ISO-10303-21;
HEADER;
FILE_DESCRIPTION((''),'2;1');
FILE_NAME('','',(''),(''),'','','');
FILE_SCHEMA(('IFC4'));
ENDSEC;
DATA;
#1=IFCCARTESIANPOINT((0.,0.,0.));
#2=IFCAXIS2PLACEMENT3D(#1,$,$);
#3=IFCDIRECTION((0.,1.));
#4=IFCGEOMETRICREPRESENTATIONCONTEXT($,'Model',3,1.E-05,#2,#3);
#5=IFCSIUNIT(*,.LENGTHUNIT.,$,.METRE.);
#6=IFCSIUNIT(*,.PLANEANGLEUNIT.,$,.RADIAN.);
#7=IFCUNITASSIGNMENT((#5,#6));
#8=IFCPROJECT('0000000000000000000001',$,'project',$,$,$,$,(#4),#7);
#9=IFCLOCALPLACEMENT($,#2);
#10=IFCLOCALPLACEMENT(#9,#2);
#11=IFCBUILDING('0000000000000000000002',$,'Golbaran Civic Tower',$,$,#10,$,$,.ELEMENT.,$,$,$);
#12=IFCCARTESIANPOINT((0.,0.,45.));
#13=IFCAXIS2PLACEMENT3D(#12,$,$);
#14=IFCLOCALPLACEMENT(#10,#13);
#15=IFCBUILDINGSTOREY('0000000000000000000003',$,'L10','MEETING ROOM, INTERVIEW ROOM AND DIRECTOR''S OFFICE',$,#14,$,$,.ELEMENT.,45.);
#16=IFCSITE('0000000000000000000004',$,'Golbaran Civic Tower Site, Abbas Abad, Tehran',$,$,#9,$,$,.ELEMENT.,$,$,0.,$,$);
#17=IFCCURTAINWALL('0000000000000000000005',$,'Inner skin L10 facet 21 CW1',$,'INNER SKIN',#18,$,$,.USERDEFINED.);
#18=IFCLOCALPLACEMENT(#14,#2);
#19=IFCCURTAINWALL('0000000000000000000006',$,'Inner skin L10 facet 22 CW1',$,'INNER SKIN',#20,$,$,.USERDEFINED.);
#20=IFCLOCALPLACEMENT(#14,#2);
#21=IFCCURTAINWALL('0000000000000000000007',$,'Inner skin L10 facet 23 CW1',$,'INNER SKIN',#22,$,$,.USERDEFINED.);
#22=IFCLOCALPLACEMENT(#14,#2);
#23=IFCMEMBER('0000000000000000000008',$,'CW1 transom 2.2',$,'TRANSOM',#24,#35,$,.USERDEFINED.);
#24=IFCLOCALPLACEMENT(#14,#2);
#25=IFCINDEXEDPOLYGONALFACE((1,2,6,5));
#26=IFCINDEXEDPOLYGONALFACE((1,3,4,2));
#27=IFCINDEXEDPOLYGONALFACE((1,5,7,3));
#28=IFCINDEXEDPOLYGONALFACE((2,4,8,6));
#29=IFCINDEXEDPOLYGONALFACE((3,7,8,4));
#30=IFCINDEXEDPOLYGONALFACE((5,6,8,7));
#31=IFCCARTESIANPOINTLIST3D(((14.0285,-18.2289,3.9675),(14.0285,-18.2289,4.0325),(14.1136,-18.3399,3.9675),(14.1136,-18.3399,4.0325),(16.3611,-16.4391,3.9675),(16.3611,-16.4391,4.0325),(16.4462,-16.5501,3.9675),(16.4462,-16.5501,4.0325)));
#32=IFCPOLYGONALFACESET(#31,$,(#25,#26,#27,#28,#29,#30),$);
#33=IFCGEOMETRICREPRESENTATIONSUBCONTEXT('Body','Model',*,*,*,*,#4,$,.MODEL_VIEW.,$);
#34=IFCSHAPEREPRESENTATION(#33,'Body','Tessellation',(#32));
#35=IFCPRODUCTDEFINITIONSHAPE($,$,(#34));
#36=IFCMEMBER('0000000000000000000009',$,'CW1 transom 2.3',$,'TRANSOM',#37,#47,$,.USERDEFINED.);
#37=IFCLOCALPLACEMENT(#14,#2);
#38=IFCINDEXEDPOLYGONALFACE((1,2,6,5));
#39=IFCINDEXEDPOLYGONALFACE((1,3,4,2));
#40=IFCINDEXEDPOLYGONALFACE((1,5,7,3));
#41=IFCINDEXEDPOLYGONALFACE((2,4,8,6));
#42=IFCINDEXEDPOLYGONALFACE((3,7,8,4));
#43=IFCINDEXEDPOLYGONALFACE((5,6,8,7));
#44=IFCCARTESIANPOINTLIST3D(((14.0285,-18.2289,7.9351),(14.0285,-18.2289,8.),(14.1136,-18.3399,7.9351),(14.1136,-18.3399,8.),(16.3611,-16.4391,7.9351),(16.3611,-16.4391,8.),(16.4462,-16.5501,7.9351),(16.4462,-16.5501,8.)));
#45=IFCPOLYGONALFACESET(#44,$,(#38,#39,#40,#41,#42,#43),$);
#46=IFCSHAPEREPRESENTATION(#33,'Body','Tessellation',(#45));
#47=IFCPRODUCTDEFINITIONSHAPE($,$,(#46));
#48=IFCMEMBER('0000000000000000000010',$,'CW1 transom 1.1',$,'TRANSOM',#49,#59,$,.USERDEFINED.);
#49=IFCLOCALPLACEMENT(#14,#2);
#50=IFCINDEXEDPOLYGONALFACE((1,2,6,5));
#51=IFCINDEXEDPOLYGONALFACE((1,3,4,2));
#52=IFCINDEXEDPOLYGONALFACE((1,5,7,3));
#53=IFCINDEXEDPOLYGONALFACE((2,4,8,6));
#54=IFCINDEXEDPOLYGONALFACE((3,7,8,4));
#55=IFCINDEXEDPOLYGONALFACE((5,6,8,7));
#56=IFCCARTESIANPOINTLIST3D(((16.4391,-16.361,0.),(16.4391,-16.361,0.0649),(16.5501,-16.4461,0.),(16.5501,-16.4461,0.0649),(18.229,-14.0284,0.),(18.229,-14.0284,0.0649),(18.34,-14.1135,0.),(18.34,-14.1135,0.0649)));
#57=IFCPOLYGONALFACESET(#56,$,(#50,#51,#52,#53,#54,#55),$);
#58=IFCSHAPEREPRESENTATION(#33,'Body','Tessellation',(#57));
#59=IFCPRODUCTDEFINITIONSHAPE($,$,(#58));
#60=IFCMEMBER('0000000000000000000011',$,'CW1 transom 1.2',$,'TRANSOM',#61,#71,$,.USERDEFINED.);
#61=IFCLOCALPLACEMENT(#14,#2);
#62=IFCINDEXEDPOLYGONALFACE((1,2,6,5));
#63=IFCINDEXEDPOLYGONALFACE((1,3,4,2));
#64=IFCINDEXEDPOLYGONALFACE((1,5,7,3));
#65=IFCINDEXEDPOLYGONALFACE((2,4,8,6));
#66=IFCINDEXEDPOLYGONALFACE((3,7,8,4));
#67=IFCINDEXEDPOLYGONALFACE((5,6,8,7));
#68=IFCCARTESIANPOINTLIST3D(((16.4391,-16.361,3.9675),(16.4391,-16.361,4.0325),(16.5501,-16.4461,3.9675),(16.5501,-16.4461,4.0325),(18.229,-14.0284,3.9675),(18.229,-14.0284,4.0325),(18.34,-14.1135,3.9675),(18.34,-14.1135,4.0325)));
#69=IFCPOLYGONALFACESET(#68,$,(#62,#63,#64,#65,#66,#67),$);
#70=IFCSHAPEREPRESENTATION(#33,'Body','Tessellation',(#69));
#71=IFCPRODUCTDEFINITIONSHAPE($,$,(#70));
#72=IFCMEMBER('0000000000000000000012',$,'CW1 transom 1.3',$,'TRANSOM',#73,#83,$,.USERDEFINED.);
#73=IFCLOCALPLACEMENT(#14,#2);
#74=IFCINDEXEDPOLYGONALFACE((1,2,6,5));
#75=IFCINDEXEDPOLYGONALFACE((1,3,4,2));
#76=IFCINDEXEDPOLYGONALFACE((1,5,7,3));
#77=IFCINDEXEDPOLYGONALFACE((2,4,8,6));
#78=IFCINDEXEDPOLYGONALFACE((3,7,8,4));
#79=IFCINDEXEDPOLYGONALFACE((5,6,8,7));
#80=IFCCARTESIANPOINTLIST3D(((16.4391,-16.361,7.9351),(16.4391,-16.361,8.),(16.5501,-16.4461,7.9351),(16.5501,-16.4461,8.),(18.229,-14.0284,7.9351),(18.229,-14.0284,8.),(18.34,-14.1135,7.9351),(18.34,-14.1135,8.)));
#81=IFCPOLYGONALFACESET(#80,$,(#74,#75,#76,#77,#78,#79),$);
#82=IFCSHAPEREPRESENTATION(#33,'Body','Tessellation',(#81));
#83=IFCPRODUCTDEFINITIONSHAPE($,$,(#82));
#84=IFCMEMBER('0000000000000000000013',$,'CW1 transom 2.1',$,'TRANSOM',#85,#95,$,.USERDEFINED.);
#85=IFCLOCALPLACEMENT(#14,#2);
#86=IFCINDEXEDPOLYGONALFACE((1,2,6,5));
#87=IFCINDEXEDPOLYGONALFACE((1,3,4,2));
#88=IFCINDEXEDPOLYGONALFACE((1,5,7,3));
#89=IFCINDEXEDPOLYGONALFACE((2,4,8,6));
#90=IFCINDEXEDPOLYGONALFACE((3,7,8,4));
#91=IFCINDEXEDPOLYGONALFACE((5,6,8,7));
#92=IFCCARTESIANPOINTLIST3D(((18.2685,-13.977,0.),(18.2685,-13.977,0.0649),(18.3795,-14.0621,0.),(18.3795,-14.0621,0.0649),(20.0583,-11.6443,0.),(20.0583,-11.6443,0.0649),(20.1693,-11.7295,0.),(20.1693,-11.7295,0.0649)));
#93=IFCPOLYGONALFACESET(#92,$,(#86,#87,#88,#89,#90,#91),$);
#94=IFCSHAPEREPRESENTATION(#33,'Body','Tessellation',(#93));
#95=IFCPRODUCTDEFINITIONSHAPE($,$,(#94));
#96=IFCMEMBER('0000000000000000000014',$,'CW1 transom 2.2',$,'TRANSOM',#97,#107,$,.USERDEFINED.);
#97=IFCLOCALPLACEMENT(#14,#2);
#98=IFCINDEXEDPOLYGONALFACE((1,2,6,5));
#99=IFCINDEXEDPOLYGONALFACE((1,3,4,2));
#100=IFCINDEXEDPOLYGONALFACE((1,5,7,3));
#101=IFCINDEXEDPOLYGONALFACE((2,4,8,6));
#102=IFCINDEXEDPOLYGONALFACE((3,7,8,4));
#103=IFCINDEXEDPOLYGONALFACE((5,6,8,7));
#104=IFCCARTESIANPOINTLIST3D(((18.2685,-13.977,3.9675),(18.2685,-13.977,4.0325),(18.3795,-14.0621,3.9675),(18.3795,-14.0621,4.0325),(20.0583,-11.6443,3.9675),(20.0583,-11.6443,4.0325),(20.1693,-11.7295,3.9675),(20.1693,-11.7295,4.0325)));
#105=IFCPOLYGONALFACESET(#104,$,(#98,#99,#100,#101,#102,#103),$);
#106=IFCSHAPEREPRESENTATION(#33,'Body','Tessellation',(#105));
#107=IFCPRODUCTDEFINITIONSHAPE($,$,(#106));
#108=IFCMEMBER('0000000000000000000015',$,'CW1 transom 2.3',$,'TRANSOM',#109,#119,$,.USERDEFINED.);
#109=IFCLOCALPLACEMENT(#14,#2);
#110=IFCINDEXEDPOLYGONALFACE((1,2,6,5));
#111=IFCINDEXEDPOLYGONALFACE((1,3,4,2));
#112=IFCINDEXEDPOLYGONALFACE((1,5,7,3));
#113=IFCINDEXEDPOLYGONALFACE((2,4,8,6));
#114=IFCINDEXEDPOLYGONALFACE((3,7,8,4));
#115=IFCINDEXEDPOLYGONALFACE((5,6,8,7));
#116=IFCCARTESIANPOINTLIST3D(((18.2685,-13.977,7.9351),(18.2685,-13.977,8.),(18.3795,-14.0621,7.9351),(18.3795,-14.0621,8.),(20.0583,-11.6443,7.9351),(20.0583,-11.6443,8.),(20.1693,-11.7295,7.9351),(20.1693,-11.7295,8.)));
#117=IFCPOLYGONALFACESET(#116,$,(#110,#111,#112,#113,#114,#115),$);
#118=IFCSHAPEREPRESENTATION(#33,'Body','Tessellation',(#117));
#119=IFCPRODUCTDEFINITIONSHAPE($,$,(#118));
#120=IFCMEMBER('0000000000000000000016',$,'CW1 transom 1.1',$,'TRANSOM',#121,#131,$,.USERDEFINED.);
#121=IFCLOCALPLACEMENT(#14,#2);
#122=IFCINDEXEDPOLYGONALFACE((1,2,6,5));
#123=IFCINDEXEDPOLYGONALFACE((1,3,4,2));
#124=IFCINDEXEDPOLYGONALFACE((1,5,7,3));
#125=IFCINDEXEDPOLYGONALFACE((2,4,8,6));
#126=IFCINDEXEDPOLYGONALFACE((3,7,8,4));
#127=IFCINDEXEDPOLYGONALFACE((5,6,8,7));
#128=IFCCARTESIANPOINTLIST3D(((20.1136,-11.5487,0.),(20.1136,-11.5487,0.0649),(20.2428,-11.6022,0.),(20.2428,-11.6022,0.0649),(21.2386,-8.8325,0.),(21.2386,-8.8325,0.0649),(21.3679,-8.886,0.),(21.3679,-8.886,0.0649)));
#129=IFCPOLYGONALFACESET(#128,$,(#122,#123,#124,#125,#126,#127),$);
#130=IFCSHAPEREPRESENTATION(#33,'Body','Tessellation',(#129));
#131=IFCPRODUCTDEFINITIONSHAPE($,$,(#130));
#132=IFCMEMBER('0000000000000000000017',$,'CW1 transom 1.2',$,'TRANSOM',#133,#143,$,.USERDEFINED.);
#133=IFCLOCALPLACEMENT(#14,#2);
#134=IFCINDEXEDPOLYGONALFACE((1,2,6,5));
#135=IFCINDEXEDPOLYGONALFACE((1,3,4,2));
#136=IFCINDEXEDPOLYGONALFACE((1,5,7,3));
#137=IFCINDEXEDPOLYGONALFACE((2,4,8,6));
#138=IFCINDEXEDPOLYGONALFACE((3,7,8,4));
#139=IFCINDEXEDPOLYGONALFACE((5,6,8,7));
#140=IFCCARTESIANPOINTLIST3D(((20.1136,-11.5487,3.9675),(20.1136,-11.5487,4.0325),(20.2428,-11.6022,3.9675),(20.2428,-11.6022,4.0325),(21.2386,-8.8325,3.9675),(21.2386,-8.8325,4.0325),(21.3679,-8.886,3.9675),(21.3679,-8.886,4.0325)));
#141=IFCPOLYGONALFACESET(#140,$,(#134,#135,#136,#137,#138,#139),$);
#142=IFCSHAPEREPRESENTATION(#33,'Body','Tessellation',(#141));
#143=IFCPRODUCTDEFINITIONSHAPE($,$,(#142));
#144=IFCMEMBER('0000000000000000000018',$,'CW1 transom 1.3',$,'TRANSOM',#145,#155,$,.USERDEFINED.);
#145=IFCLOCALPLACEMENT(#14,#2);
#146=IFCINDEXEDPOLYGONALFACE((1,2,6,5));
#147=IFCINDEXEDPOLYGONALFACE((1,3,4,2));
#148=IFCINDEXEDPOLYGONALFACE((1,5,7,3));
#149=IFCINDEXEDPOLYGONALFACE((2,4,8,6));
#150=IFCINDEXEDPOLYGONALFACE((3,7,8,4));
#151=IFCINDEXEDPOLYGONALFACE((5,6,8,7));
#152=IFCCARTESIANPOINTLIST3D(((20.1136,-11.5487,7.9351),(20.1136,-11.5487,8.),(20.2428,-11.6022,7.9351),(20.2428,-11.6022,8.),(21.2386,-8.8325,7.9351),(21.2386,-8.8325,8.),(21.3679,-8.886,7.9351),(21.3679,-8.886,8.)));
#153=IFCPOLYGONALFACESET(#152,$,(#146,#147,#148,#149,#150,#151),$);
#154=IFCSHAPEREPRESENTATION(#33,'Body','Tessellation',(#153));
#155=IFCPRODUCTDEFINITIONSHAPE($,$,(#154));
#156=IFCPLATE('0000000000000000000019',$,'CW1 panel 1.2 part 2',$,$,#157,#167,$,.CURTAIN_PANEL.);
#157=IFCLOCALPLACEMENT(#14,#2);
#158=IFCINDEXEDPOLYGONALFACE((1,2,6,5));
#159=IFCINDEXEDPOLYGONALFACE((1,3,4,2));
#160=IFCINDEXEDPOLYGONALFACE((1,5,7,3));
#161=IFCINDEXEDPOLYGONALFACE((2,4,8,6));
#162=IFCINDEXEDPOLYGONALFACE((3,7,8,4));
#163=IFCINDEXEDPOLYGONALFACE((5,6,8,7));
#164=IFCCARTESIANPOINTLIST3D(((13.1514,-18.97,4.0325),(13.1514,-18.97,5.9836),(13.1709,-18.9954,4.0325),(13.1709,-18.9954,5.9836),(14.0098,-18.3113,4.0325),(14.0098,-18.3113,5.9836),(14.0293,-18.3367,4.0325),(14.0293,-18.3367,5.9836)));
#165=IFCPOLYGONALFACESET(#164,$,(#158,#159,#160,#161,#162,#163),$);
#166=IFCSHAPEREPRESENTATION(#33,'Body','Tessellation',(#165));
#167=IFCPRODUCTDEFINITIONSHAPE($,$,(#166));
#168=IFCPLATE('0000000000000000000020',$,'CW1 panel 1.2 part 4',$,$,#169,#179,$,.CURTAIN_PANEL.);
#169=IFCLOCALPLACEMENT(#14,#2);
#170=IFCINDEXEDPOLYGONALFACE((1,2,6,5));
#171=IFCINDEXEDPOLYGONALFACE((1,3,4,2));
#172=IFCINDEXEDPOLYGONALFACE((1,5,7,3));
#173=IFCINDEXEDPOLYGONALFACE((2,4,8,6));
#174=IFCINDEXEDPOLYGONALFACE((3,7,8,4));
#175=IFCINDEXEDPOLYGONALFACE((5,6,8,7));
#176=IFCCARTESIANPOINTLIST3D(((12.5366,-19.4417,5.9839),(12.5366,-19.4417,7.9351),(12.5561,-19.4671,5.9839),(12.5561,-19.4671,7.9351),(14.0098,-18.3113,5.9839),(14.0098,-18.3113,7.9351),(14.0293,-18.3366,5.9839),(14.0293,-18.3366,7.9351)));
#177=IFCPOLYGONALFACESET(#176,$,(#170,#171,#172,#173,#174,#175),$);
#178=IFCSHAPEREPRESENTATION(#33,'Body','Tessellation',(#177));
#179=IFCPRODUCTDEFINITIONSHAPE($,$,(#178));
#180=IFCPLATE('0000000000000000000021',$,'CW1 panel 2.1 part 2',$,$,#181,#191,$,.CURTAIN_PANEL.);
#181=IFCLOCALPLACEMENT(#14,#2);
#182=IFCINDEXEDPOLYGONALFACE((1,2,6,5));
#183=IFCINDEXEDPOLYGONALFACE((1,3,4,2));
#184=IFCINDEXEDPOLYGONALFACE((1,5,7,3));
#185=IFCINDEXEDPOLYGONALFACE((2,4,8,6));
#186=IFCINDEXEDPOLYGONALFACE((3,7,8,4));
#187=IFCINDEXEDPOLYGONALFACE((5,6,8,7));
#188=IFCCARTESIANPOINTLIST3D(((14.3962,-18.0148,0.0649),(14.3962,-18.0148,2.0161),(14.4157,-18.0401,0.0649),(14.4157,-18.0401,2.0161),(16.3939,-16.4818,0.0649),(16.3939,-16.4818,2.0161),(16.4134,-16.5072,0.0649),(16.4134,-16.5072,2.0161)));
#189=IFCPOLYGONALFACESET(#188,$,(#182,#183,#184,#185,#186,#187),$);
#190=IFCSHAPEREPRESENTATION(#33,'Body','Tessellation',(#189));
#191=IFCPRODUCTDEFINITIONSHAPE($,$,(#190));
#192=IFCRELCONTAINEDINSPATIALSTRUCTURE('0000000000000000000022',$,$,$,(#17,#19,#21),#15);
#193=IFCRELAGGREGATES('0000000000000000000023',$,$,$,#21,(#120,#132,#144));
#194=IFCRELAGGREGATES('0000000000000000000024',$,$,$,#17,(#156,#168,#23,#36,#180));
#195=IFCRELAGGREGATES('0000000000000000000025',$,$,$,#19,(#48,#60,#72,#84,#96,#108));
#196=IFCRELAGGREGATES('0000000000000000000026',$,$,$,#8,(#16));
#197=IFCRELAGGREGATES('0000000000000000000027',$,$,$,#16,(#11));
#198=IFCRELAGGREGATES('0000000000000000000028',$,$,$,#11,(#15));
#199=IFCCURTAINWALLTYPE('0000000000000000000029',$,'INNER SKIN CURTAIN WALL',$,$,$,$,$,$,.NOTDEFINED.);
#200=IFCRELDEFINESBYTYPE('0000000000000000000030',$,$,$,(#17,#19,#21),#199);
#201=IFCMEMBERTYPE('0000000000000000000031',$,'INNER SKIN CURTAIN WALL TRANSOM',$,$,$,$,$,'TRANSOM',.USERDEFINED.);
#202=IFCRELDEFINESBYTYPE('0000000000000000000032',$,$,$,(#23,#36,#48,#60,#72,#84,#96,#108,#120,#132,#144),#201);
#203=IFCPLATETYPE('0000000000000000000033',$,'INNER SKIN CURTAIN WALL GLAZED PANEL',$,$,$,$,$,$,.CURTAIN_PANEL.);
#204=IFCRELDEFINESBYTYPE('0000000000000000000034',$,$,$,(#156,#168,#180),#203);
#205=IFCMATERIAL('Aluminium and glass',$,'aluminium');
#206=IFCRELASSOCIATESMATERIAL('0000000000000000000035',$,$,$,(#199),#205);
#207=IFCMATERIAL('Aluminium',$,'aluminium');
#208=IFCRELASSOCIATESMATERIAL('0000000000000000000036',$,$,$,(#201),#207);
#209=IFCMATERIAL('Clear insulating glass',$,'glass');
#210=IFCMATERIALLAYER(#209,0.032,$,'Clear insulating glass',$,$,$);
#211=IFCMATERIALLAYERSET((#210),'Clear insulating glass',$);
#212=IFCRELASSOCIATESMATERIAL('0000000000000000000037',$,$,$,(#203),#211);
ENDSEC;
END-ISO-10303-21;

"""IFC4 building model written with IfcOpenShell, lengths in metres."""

from ifc_helpers import new_model, si_unit, direction, frame, origin, origin_2d, place, context, subcontext, project, spatial, rectangle, extrude, material, layer, layer_set, material_profile, profile_set, type_object, element, aggregate, save


model = new_model("IFC4")

# Units and contexts
model_context = context("Model", 3, precision=1e-05, world=origin(), true_north=direction((0.0, 1.0)))
body_context = subcontext(model_context, "Body", "Model", "MODEL_VIEW")
ifc_project = project(units=[si_unit("LENGTHUNIT", "METRE"), si_unit("PLANEANGLEUNIT", "RADIAN")], contexts=[model_context])

# Site, building, storey
site_placement = place(None, origin())
site = spatial("IfcSite", under=ifc_project, at=site_placement, Name="Golbaran Civic Tower Site, Abbas Abad, Tehran", CompositionType="ELEMENT", RefElevation=0.0)
building_placement = place(site_placement, origin())
building = spatial("IfcBuilding", under=site, at=building_placement, Name="Golbaran Civic Tower", CompositionType="ELEMENT")
storey_placement = place(building_placement, frame((0.0, 0.0, 45.0)))
storey = spatial("IfcBuildingStorey", under=building, at=storey_placement, Name="L10", Description="MEETING ROOM, INTERVIEW ROOM AND DIRECTOR'S OFFICE", CompositionType="ELEMENT", Elevation=45.0)

# Curtain walls
ifc_material_1 = material(Name="Aluminium and glass", Category="aluminium")
curtain_wall_type = type_object("IfcCurtainWallType", Name="INNER SKIN CURTAIN WALL", PredefinedType="NOTDEFINED", material=ifc_material_1)
curtain_wall_1_placement = place(storey_placement, origin())
curtain_wall_1 = element("IfcCurtainWall", 1, at=curtain_wall_1_placement, inside=storey, type_object=curtain_wall_type, Name="Inner skin L10 facet 21 CW1", ObjectType="INNER SKIN", PredefinedType="USERDEFINED")
ifc_material_2 = material(Name="Aluminium", Category="aluminium")
curtain_wall_2_placement = place(storey_placement, origin())
curtain_wall_2 = element("IfcCurtainWall", 2, at=curtain_wall_2_placement, inside=storey, type_object=curtain_wall_type, Name="Inner skin L10 facet 22 CW1", ObjectType="INNER SKIN", PredefinedType="USERDEFINED")

# Curtain wall
curtain_wall_3_placement = place(storey_placement, origin())
curtain_wall_3 = element("IfcCurtainWall", 3, at=curtain_wall_3_placement, inside=storey, type_object=curtain_wall_type, Name="Inner skin L10 facet 23 CW1", ObjectType="INNER SKIN", PredefinedType="USERDEFINED")

# Members
ifc_material_profile_1 = material_profile(ifc_material_2, rectangle(XDim=0.1399, YDim=0.0649, at=origin_2d()), Name="INNER SKIN CURTAIN WALL TRANSOM")
ifc_profile_set_1 = profile_set([ifc_material_profile_1], Name="Aluminium")
member_type_1 = type_object("IfcMemberType", Name="INNER SKIN CURTAIN WALL TRANSOM", ElementType="TRANSOM", PredefinedType="USERDEFINED", material=ifc_profile_set_1)
member_1_placement = place(storey_placement, frame((14.071, -18.2844, 4.0), z_axis=(0.793355, 0.608759, 0.0), x_axis=(-0.608759, 0.793355, 0.0)))
member_1 = element("IfcMember", 4, at=member_1_placement, type_object=member_type_1, Name="CW1 transom 2.2", ObjectType="TRANSOM", PredefinedType="USERDEFINED", context=body_context, shape_type="SweptSolid", body=[
    extrude(rectangle(XDim=0.1399, YDim=0.0649, at=origin_2d()), origin(), (0.0, 0.0, 1.0), 2.9402),
])
member_2_placement = place(storey_placement, frame((14.071, -18.2844, 7.9675), z_axis=(0.793355, 0.608759, 0.0), x_axis=(-0.608759, 0.793355, 0.0)))
member_2 = element("IfcMember", 5, at=member_2_placement, type_object=member_type_1, Name="CW1 transom 2.3", ObjectType="TRANSOM", PredefinedType="USERDEFINED", context=body_context, shape_type="SweptSolid", body=[
    extrude(rectangle(XDim=0.1399, YDim=0.0649, at=origin_2d()), origin(), (0.0, 0.0, 1.0), 2.9402),
])
member_3_placement = place(storey_placement, frame((16.4946, -16.4036, 0.0325), z_axis=(0.608759, 0.793355, 0.0), x_axis=(-0.793355, 0.608759, 0.0)))
member_3 = element("IfcMember", 6, at=member_3_placement, type_object=member_type_1, Name="CW1 transom 1.1", ObjectType="TRANSOM", PredefinedType="USERDEFINED", context=body_context, shape_type="SweptSolid", body=[
    extrude(rectangle(XDim=0.1399, YDim=0.0649, at=origin_2d()), origin(), (0.0, 0.0, 1.0), 2.9402),
])
member_4_placement = place(storey_placement, frame((16.4946, -16.4036, 4.0), z_axis=(0.608759, 0.793355, 0.0), x_axis=(-0.793355, 0.608759, 0.0)))
member_4 = element("IfcMember", 7, at=member_4_placement, type_object=member_type_1, Name="CW1 transom 1.2", ObjectType="TRANSOM", PredefinedType="USERDEFINED", context=body_context, shape_type="SweptSolid", body=[
    extrude(rectangle(XDim=0.1399, YDim=0.0649, at=origin_2d()), origin(), (0.0, 0.0, 1.0), 2.9402),
])
member_5_placement = place(storey_placement, frame((16.4946, -16.4036, 7.9675), z_axis=(0.608759, 0.793355, 0.0), x_axis=(-0.793355, 0.608759, 0.0)))
member_5 = element("IfcMember", 8, at=member_5_placement, type_object=member_type_1, Name="CW1 transom 1.3", ObjectType="TRANSOM", PredefinedType="USERDEFINED", context=body_context, shape_type="SweptSolid", body=[
    extrude(rectangle(XDim=0.1399, YDim=0.0649, at=origin_2d()), origin(), (0.0, 0.0, 1.0), 2.9402),
])
member_6_placement = place(storey_placement, frame((18.324, -14.0195, 0.0325), z_axis=(0.608759, 0.793355, 0.0), x_axis=(-0.793355, 0.608759, 0.0)))
member_6 = element("IfcMember", 9, at=member_6_placement, type_object=member_type_1, Name="CW1 transom 2.1", ObjectType="TRANSOM", PredefinedType="USERDEFINED", context=body_context, shape_type="SweptSolid", body=[
    extrude(rectangle(XDim=0.1399, YDim=0.0649, at=origin_2d()), origin(), (0.0, 0.0, 1.0), 2.9402),
])
member_7_placement = place(storey_placement, frame((18.324, -14.0195, 4.0), z_axis=(0.608759, 0.793355, 0.0), x_axis=(-0.793355, 0.608759, 0.0)))
member_7 = element("IfcMember", 10, at=member_7_placement, type_object=member_type_1, Name="CW1 transom 2.2", ObjectType="TRANSOM", PredefinedType="USERDEFINED", context=body_context, shape_type="SweptSolid", body=[
    extrude(rectangle(XDim=0.1399, YDim=0.0649, at=origin_2d()), origin(), (0.0, 0.0, 1.0), 2.9402),
])
member_8_placement = place(storey_placement, frame((18.324, -14.0195, 7.9675), z_axis=(0.608759, 0.793355, 0.0), x_axis=(-0.793355, 0.608759, 0.0)))
member_8 = element("IfcMember", 11, at=member_8_placement, type_object=member_type_1, Name="CW1 transom 2.3", ObjectType="TRANSOM", PredefinedType="USERDEFINED", context=body_context, shape_type="SweptSolid", body=[
    extrude(rectangle(XDim=0.1399, YDim=0.0649, at=origin_2d()), origin(), (0.0, 0.0, 1.0), 2.9402),
])
member_9_placement = place(storey_placement, frame((20.1782, -11.5754, 0.0325), z_axis=(0.382675, 0.923883, 0.0), x_axis=(-0.923883, 0.382675, 0.0)))
member_9 = element("IfcMember", 12, at=member_9_placement, type_object=member_type_1, Name="CW1 transom 1.1", ObjectType="TRANSOM", PredefinedType="USERDEFINED", context=body_context, shape_type="SweptSolid", body=[
    extrude(rectangle(XDim=0.1399, YDim=0.0649, at=origin_2d()), origin(), (0.0, 0.0, 1.0), 2.9399),
])
member_10_placement = place(storey_placement, frame((20.1782, -11.5754, 4.0), z_axis=(0.382675, 0.923883, 0.0), x_axis=(-0.923883, 0.382675, 0.0)))
member_10 = element("IfcMember", 13, at=member_10_placement, type_object=member_type_1, Name="CW1 transom 1.2", ObjectType="TRANSOM", PredefinedType="USERDEFINED", context=body_context, shape_type="SweptSolid", body=[
    extrude(rectangle(XDim=0.1399, YDim=0.0649, at=origin_2d()), origin(), (0.0, 0.0, 1.0), 2.9399),
])
member_11_placement = place(storey_placement, frame((20.1782, -11.5754, 7.9675), z_axis=(0.382675, 0.923883, 0.0), x_axis=(-0.923883, 0.382675, 0.0)))
member_11 = element("IfcMember", 14, at=member_11_placement, type_object=member_type_1, Name="CW1 transom 1.3", ObjectType="TRANSOM", PredefinedType="USERDEFINED", context=body_context, shape_type="SweptSolid", body=[
    extrude(rectangle(XDim=0.1399, YDim=0.0649, at=origin_2d()), origin(), (0.0, 0.0, 1.0), 2.9399),
])

# Plates
ifc_material_3 = material(Name="Clear insulating glass", Category="glass")
ifc_layer_1 = layer(ifc_material_3, 0.032, Name="Clear insulating glass")
ifc_layer_set_1 = layer_set([ifc_layer_1], Name="Clear insulating glass")
plate_type_1 = type_object("IfcPlateType", Name="INNER SKIN CURTAIN WALL GLAZED PANEL", PredefinedType="CURTAIN_PANEL", material=ifc_layer_set_1)
plate_1_placement = place(storey_placement, frame((13.5903, -18.6533, 4.0325), z_axis=(0.0, 0.0, 1.0), x_axis=(0.793353, 0.608761, 0.0)))
plate_1 = element("IfcPlate", 15, at=plate_1_placement, type_object=plate_type_1, Name="CW1 panel 1.2 part 2", PredefinedType="CURTAIN_PANEL", context=body_context, shape_type="SweptSolid", body=[
    extrude(rectangle(XDim=1.082, YDim=0.032, at=origin_2d()), origin(), (0.0, 0.0, 1.0), 1.9512),
])
plate_2_placement = place(storey_placement, frame((13.283, -18.8892, 5.9839), z_axis=(0.0, 0.0, 1.0), x_axis=(0.793353, 0.608761, 0.0)))
plate_2 = element("IfcPlate", 16, at=plate_2_placement, type_object=plate_type_1, Name="CW1 panel 1.2 part 4", PredefinedType="CURTAIN_PANEL", context=body_context, shape_type="SweptSolid", body=[
    extrude(rectangle(XDim=1.8569, YDim=0.032, at=origin_2d()), origin(), (0.0, 0.0, 1.0), 1.9512),
])
plate_3_placement = place(storey_placement, frame((15.4048, -17.261, 0.0649), z_axis=(0.0, 0.0, 1.0), x_axis=(0.793353, 0.608761, 0.0)))
plate_3 = element("IfcPlate", 17, at=plate_3_placement, type_object=plate_type_1, Name="CW1 panel 2.1 part 2", PredefinedType="CURTAIN_PANEL", context=body_context, shape_type="SweptSolid", body=[
    extrude(rectangle(XDim=2.5181, YDim=0.032, at=origin_2d()), origin(), (0.0, 0.0, 1.0), 1.9512),
])
aggregate(curtain_wall_3, [member_9, member_10, member_11])
aggregate(curtain_wall_1, [plate_1, plate_2, member_1, member_2, plate_3])
aggregate(curtain_wall_2, [member_3, member_4, member_5, member_6, member_7, member_8])

save(model, "model.ifc")
